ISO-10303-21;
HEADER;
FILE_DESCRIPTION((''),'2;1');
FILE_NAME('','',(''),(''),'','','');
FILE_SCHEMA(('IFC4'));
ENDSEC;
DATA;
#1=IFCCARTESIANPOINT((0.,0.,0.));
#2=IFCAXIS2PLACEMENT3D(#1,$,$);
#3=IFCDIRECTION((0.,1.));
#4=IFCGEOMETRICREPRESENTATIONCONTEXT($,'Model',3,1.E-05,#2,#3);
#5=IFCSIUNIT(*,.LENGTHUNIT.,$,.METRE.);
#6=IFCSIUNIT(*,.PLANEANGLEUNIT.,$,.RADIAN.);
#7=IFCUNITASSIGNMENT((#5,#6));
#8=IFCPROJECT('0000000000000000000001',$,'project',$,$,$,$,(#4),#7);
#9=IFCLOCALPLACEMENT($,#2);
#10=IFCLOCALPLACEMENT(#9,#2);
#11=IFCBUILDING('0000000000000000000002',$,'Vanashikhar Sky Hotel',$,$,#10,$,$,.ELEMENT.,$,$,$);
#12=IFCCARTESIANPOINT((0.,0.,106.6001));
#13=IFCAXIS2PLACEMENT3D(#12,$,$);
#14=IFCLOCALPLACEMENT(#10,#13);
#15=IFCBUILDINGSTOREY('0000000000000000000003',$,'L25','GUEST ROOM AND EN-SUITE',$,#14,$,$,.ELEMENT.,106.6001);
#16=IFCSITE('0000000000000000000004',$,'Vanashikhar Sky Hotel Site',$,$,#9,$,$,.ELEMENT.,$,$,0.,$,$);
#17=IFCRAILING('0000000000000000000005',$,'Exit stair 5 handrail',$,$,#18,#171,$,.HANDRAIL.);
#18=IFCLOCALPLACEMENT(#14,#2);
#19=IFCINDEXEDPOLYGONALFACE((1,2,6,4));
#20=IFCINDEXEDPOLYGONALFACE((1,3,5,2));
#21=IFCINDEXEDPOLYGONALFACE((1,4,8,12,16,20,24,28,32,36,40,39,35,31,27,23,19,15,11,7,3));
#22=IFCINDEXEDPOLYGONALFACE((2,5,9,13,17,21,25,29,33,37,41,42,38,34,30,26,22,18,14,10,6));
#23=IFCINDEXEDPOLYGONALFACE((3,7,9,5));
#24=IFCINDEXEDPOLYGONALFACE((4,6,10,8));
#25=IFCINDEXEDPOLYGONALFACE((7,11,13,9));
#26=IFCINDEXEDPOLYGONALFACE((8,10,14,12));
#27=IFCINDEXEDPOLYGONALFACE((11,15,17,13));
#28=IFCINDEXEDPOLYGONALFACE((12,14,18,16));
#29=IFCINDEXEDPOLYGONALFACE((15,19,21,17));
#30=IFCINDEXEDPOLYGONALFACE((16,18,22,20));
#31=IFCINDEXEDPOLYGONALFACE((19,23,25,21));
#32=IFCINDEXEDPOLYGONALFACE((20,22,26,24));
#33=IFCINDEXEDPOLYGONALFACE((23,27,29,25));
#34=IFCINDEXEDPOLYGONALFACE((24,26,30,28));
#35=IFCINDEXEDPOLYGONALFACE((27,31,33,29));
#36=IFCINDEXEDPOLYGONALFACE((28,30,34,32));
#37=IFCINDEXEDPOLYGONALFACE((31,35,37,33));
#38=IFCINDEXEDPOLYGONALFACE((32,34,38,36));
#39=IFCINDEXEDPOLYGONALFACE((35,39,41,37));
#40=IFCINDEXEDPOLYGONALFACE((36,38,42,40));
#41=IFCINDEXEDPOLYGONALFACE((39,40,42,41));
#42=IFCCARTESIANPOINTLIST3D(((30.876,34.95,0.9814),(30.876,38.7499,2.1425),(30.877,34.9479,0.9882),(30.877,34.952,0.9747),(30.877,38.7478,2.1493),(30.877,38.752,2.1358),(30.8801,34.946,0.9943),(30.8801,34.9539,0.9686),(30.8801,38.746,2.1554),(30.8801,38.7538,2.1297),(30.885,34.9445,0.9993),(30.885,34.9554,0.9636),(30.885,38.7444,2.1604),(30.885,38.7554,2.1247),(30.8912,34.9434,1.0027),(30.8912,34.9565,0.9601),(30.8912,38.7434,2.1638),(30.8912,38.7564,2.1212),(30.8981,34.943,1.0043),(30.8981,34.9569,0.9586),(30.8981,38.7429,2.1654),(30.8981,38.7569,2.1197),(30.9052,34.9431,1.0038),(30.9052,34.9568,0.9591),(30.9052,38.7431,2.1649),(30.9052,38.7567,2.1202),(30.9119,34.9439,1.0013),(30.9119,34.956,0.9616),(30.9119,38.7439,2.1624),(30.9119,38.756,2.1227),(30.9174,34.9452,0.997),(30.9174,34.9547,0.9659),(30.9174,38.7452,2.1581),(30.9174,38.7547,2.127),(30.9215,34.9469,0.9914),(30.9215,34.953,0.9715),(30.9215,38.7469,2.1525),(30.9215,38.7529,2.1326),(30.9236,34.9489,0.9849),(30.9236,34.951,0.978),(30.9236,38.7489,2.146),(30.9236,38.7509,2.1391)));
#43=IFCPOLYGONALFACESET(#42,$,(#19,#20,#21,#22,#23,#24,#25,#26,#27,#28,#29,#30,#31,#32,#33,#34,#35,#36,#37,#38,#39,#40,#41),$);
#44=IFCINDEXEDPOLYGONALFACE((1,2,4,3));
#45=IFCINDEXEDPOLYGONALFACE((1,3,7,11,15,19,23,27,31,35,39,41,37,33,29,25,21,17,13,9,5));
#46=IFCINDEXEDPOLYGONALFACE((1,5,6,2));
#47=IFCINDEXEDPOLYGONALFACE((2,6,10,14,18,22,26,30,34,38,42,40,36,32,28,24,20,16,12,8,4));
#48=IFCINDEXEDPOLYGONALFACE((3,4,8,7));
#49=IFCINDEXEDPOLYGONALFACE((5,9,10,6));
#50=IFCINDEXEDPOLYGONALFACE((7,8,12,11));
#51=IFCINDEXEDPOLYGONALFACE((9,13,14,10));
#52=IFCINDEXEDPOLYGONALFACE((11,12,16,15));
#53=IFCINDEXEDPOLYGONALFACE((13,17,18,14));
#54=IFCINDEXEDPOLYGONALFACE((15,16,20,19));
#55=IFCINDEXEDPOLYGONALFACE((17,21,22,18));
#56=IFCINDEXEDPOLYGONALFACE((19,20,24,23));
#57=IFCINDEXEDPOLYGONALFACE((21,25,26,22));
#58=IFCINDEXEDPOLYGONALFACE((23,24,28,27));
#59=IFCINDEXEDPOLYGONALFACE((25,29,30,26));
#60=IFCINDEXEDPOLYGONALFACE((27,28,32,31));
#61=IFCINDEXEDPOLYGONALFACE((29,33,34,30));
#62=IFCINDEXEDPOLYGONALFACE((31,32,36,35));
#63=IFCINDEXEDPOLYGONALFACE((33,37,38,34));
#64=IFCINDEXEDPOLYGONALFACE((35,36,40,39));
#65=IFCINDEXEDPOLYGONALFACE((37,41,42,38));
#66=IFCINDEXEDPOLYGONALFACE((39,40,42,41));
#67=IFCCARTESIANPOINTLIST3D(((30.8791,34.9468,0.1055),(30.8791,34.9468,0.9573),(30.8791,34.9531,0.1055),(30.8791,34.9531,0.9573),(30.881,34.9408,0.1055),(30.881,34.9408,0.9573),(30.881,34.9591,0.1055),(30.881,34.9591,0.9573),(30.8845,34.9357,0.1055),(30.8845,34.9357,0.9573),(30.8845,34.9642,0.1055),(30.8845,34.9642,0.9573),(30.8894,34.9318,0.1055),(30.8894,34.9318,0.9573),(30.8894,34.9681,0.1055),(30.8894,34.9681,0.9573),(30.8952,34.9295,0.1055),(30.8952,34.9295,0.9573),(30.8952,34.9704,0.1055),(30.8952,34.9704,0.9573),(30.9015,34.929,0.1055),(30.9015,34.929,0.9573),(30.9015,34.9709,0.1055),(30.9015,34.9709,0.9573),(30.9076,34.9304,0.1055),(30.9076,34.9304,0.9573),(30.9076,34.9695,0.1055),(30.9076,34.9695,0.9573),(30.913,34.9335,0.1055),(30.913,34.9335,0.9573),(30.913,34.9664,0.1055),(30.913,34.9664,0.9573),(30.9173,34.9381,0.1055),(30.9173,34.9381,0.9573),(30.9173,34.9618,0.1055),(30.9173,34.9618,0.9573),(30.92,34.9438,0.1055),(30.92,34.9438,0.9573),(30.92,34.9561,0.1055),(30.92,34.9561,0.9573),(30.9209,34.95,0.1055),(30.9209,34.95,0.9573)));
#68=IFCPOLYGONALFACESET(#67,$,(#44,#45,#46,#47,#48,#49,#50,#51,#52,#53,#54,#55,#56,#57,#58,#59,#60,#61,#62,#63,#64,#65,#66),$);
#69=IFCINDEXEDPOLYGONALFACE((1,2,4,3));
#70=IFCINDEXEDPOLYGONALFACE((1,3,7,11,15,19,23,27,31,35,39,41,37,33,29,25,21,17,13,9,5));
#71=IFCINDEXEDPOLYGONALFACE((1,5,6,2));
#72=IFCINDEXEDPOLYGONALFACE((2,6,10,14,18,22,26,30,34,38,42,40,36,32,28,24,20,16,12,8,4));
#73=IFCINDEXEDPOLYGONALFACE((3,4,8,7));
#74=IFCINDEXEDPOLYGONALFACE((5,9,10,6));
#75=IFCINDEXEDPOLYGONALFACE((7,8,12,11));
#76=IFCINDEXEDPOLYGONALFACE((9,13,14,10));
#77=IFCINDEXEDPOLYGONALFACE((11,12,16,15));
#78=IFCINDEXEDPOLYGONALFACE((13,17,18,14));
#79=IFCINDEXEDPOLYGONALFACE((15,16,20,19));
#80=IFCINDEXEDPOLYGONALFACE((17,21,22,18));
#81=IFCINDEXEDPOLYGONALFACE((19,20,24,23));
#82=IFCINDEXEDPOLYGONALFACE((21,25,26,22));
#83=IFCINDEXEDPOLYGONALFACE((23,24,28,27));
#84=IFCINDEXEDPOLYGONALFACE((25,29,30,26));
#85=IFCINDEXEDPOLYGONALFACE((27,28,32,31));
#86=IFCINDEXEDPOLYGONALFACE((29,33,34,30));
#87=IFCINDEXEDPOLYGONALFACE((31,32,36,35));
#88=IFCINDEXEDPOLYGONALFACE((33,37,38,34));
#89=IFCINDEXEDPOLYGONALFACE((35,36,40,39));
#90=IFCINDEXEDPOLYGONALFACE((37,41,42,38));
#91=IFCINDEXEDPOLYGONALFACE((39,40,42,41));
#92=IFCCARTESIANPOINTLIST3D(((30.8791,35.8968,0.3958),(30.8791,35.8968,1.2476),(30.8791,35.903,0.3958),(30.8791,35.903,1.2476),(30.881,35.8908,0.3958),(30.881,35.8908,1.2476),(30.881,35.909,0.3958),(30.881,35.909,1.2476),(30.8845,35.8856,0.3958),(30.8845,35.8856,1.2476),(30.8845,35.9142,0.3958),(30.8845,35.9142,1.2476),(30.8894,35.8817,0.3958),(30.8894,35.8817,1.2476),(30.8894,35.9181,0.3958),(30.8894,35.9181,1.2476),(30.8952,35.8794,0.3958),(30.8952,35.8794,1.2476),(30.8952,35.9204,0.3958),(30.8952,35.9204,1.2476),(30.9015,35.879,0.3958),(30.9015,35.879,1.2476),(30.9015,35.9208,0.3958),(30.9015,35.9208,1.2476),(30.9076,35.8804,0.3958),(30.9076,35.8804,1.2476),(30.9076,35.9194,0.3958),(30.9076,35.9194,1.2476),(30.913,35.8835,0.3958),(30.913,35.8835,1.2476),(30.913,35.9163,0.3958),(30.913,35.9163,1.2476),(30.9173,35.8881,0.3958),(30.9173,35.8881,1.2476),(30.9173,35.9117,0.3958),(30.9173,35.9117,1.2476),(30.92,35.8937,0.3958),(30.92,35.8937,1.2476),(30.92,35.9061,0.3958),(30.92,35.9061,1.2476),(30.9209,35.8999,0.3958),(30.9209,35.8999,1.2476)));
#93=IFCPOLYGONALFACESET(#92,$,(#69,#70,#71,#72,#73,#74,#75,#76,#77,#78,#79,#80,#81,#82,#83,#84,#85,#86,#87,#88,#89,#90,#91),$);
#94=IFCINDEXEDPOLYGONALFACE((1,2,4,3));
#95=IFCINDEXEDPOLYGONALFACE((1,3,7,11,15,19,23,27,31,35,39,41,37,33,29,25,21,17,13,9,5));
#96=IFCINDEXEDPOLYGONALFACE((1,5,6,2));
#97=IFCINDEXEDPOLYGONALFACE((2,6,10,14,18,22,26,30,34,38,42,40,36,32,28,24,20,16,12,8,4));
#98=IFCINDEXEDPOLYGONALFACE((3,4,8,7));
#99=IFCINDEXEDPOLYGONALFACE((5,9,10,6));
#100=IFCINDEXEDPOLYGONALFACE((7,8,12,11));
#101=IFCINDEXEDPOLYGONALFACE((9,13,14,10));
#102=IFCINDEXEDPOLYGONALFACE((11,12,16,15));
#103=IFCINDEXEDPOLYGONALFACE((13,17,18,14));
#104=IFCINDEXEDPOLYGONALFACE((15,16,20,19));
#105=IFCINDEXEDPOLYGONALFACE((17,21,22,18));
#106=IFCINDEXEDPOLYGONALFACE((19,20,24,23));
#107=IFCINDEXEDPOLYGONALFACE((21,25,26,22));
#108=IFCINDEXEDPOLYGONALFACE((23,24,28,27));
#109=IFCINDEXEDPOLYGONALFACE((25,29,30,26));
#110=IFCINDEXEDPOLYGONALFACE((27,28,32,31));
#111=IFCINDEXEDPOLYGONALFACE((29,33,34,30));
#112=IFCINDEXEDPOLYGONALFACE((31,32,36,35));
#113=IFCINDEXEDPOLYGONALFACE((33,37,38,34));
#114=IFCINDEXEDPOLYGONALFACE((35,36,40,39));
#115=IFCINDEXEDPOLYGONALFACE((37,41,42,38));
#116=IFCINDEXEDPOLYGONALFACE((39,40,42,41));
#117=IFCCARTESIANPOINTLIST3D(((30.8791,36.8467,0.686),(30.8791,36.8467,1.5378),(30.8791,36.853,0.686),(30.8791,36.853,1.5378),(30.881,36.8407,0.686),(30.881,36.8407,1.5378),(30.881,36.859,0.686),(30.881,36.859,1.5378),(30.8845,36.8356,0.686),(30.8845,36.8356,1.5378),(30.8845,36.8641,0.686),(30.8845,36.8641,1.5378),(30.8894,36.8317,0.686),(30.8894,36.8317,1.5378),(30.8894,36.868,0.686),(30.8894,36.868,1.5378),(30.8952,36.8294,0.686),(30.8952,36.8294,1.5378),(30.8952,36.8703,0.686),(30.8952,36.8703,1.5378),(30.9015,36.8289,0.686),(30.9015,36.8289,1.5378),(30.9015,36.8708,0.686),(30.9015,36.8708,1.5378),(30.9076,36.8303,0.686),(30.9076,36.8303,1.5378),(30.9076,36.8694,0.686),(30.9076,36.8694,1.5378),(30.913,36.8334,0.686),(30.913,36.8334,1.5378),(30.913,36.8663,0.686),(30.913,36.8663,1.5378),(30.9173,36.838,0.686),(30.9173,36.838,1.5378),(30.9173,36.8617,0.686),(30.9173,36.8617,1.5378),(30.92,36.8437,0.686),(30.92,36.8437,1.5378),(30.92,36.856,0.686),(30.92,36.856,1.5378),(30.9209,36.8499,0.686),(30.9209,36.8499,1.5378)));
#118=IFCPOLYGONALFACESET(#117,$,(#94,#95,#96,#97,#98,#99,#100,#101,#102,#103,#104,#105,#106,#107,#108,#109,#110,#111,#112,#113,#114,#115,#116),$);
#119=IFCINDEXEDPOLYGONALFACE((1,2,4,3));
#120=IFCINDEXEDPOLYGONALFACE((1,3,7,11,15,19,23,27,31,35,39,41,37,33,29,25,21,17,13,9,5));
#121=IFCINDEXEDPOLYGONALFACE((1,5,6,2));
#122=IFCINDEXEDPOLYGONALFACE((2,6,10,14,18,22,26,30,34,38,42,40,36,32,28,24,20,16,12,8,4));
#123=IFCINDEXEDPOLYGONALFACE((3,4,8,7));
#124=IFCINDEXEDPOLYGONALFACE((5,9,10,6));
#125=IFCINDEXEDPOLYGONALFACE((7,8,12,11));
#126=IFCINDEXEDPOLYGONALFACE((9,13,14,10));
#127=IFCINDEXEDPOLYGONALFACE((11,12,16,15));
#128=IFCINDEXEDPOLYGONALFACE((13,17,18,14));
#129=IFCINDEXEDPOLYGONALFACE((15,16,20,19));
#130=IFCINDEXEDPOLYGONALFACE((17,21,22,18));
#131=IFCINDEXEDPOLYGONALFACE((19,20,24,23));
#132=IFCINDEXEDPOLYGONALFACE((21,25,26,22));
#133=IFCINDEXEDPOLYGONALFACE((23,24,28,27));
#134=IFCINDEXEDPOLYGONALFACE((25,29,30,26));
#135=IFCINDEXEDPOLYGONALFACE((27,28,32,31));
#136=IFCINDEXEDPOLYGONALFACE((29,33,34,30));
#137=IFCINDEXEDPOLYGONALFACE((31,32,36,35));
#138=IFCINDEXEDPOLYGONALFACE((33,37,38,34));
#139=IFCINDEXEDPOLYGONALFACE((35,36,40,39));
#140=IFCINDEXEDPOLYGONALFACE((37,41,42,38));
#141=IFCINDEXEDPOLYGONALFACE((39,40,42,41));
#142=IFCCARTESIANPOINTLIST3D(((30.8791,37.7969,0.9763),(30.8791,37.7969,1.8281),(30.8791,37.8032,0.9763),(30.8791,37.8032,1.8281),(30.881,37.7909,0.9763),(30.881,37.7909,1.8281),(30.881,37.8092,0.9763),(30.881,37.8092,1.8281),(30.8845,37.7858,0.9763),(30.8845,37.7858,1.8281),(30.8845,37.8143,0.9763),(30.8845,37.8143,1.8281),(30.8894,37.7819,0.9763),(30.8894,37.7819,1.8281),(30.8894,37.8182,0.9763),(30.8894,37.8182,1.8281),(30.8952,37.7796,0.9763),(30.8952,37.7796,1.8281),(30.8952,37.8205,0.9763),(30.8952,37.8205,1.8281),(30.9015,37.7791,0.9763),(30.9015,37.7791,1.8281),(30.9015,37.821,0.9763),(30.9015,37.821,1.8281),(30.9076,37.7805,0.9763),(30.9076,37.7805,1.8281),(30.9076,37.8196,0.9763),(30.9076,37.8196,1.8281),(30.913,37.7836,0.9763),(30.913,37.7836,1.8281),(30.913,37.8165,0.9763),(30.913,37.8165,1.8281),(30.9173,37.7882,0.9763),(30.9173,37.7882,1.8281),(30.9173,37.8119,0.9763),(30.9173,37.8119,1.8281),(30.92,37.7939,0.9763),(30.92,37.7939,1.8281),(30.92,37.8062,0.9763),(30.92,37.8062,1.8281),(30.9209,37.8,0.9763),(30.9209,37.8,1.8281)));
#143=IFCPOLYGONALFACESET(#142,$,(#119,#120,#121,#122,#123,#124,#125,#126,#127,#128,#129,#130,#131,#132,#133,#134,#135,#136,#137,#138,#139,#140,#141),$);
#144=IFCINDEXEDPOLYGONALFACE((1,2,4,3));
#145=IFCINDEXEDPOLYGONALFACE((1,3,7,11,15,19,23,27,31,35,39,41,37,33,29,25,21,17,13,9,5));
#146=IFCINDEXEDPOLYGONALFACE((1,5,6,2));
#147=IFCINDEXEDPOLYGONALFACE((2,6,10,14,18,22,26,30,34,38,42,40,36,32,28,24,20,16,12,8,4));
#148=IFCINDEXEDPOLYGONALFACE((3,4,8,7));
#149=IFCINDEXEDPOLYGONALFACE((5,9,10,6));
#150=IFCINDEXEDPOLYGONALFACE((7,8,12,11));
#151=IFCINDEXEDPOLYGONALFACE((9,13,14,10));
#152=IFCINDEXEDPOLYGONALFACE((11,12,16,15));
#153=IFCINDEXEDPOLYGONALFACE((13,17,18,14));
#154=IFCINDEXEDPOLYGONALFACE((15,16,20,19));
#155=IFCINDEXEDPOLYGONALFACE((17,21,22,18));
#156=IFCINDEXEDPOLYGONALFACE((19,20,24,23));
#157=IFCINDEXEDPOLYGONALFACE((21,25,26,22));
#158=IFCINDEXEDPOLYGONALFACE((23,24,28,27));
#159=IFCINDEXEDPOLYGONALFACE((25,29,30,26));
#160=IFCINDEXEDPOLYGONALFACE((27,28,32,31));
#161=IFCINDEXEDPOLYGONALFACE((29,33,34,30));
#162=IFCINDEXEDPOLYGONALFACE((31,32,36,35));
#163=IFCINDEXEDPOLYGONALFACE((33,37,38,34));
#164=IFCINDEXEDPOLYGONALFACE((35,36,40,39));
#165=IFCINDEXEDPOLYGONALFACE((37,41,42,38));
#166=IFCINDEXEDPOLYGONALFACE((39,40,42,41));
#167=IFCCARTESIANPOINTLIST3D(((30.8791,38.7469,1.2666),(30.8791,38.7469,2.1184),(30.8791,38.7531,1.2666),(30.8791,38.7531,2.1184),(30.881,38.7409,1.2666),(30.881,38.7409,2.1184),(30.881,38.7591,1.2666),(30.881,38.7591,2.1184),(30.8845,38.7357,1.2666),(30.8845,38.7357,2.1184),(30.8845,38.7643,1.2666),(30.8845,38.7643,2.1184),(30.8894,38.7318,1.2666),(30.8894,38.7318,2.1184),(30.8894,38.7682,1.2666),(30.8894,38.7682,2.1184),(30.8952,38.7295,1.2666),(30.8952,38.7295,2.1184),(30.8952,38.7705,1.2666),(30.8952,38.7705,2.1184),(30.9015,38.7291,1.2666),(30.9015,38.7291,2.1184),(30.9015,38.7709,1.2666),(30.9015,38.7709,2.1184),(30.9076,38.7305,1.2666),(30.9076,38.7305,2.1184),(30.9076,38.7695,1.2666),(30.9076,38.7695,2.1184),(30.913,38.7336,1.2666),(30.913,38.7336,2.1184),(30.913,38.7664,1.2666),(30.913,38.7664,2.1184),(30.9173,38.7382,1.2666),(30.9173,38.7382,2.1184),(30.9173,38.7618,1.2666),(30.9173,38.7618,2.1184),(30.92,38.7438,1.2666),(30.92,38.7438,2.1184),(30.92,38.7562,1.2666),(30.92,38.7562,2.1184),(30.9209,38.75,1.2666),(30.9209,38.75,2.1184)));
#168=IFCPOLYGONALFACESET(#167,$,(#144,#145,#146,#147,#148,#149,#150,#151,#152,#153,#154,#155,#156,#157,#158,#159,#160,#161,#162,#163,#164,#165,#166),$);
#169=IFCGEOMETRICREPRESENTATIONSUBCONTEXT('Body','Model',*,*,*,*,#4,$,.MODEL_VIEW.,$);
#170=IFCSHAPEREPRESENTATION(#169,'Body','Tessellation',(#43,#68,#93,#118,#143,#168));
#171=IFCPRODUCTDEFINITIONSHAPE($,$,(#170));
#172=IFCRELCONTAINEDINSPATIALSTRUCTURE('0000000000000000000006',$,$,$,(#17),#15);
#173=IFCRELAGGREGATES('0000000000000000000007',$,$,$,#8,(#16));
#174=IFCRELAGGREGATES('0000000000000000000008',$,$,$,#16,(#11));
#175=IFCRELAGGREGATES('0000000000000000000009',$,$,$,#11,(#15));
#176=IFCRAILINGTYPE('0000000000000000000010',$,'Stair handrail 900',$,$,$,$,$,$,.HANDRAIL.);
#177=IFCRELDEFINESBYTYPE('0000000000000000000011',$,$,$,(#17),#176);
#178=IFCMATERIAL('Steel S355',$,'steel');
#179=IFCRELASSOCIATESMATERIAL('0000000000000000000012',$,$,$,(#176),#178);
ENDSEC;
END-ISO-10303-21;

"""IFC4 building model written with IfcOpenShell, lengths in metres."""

from ifc_helpers import new_model, si_unit, direction, frame, origin, origin_2d, place, context, subcontext, project, spatial, circle, extrude, source, transform, mapped, material, type_object, element, save


model = new_model("IFC4")

# Units and contexts
model_context = context("Model", 3, precision=1e-05, world=origin(), true_north=direction((0.0, 1.0)))
body_context = subcontext(model_context, "Body", "Model", "MODEL_VIEW")
ifc_project = project(units=[si_unit("LENGTHUNIT", "METRE"), si_unit("PLANEANGLEUNIT", "RADIAN")], contexts=[model_context])

# Site, building, storey
site_placement = place(None, origin())
site = spatial("IfcSite", under=ifc_project, at=site_placement, Name="Vanashikhar Sky Hotel Site", CompositionType="ELEMENT", RefElevation=0.0)
building_placement = place(site_placement, origin())
building = spatial("IfcBuilding", under=site, at=building_placement, Name="Vanashikhar Sky Hotel", CompositionType="ELEMENT")
storey_placement = place(building_placement, frame((0.0, 0.0, 106.6001)))
storey = spatial("IfcBuildingStorey", under=building, at=storey_placement, Name="L25", Description="GUEST ROOM AND EN-SUITE", CompositionType="ELEMENT", Elevation=106.6001)

# Railing
ifc_material_1 = material(Name="Steel S355", Category="steel")
railing_type_1 = type_object("IfcRailingType", Name="Stair handrail 900", PredefinedType="HANDRAIL", material=ifc_material_1)
shared_shape_1 = source(origin(), body_context, "Body", "SweptSolid", [
    extrude(circle(Radius=0.0239, at=origin_2d()), frame((0.0, 0.0, 0.876), z_axis=(0.0, 0.956351, 0.29222), x_axis=(-1.0, 0.0, 0.0)), (0.0, 0.0, 1.0), 3.9734),
    extrude(circle(Radius=0.021, at=origin_2d()), origin(), (0.0, 0.0, 1.0), 0.8518),
    extrude(circle(Radius=0.021, at=origin_2d()), frame((0.0, 0.95, 0.2903)), (0.0, 0.0, 1.0), 0.8518),
    extrude(circle(Radius=0.021, at=origin_2d()), frame((0.0, 1.8999, 0.5806)), (0.0, 0.0, 1.0), 0.8518),
    extrude(circle(Radius=0.021, at=origin_2d()), frame((0.0, 2.8501, 0.8708)), (0.0, 0.0, 1.0), 0.8518),
    extrude(circle(Radius=0.021, at=origin_2d()), frame((0.0, 3.8, 1.1611)), (0.0, 0.0, 1.0), 0.8518),
])
for number, where, name in (
    (1, (30.8999, 34.95, 0.1055), "Exit stair 5 handrail"),
):
    element("IfcRailing", number, at=place(storey_placement, frame(where)), inside=storey, type_object=railing_type_1, Name=name, PredefinedType="HANDRAIL", context=body_context, shape_type="MappedRepresentation", body=[
        mapped(shared_shape_1, transform((0.0, 0.0, 0.0), scale=1.0)),
    ])

save(model, "model.ifc")
